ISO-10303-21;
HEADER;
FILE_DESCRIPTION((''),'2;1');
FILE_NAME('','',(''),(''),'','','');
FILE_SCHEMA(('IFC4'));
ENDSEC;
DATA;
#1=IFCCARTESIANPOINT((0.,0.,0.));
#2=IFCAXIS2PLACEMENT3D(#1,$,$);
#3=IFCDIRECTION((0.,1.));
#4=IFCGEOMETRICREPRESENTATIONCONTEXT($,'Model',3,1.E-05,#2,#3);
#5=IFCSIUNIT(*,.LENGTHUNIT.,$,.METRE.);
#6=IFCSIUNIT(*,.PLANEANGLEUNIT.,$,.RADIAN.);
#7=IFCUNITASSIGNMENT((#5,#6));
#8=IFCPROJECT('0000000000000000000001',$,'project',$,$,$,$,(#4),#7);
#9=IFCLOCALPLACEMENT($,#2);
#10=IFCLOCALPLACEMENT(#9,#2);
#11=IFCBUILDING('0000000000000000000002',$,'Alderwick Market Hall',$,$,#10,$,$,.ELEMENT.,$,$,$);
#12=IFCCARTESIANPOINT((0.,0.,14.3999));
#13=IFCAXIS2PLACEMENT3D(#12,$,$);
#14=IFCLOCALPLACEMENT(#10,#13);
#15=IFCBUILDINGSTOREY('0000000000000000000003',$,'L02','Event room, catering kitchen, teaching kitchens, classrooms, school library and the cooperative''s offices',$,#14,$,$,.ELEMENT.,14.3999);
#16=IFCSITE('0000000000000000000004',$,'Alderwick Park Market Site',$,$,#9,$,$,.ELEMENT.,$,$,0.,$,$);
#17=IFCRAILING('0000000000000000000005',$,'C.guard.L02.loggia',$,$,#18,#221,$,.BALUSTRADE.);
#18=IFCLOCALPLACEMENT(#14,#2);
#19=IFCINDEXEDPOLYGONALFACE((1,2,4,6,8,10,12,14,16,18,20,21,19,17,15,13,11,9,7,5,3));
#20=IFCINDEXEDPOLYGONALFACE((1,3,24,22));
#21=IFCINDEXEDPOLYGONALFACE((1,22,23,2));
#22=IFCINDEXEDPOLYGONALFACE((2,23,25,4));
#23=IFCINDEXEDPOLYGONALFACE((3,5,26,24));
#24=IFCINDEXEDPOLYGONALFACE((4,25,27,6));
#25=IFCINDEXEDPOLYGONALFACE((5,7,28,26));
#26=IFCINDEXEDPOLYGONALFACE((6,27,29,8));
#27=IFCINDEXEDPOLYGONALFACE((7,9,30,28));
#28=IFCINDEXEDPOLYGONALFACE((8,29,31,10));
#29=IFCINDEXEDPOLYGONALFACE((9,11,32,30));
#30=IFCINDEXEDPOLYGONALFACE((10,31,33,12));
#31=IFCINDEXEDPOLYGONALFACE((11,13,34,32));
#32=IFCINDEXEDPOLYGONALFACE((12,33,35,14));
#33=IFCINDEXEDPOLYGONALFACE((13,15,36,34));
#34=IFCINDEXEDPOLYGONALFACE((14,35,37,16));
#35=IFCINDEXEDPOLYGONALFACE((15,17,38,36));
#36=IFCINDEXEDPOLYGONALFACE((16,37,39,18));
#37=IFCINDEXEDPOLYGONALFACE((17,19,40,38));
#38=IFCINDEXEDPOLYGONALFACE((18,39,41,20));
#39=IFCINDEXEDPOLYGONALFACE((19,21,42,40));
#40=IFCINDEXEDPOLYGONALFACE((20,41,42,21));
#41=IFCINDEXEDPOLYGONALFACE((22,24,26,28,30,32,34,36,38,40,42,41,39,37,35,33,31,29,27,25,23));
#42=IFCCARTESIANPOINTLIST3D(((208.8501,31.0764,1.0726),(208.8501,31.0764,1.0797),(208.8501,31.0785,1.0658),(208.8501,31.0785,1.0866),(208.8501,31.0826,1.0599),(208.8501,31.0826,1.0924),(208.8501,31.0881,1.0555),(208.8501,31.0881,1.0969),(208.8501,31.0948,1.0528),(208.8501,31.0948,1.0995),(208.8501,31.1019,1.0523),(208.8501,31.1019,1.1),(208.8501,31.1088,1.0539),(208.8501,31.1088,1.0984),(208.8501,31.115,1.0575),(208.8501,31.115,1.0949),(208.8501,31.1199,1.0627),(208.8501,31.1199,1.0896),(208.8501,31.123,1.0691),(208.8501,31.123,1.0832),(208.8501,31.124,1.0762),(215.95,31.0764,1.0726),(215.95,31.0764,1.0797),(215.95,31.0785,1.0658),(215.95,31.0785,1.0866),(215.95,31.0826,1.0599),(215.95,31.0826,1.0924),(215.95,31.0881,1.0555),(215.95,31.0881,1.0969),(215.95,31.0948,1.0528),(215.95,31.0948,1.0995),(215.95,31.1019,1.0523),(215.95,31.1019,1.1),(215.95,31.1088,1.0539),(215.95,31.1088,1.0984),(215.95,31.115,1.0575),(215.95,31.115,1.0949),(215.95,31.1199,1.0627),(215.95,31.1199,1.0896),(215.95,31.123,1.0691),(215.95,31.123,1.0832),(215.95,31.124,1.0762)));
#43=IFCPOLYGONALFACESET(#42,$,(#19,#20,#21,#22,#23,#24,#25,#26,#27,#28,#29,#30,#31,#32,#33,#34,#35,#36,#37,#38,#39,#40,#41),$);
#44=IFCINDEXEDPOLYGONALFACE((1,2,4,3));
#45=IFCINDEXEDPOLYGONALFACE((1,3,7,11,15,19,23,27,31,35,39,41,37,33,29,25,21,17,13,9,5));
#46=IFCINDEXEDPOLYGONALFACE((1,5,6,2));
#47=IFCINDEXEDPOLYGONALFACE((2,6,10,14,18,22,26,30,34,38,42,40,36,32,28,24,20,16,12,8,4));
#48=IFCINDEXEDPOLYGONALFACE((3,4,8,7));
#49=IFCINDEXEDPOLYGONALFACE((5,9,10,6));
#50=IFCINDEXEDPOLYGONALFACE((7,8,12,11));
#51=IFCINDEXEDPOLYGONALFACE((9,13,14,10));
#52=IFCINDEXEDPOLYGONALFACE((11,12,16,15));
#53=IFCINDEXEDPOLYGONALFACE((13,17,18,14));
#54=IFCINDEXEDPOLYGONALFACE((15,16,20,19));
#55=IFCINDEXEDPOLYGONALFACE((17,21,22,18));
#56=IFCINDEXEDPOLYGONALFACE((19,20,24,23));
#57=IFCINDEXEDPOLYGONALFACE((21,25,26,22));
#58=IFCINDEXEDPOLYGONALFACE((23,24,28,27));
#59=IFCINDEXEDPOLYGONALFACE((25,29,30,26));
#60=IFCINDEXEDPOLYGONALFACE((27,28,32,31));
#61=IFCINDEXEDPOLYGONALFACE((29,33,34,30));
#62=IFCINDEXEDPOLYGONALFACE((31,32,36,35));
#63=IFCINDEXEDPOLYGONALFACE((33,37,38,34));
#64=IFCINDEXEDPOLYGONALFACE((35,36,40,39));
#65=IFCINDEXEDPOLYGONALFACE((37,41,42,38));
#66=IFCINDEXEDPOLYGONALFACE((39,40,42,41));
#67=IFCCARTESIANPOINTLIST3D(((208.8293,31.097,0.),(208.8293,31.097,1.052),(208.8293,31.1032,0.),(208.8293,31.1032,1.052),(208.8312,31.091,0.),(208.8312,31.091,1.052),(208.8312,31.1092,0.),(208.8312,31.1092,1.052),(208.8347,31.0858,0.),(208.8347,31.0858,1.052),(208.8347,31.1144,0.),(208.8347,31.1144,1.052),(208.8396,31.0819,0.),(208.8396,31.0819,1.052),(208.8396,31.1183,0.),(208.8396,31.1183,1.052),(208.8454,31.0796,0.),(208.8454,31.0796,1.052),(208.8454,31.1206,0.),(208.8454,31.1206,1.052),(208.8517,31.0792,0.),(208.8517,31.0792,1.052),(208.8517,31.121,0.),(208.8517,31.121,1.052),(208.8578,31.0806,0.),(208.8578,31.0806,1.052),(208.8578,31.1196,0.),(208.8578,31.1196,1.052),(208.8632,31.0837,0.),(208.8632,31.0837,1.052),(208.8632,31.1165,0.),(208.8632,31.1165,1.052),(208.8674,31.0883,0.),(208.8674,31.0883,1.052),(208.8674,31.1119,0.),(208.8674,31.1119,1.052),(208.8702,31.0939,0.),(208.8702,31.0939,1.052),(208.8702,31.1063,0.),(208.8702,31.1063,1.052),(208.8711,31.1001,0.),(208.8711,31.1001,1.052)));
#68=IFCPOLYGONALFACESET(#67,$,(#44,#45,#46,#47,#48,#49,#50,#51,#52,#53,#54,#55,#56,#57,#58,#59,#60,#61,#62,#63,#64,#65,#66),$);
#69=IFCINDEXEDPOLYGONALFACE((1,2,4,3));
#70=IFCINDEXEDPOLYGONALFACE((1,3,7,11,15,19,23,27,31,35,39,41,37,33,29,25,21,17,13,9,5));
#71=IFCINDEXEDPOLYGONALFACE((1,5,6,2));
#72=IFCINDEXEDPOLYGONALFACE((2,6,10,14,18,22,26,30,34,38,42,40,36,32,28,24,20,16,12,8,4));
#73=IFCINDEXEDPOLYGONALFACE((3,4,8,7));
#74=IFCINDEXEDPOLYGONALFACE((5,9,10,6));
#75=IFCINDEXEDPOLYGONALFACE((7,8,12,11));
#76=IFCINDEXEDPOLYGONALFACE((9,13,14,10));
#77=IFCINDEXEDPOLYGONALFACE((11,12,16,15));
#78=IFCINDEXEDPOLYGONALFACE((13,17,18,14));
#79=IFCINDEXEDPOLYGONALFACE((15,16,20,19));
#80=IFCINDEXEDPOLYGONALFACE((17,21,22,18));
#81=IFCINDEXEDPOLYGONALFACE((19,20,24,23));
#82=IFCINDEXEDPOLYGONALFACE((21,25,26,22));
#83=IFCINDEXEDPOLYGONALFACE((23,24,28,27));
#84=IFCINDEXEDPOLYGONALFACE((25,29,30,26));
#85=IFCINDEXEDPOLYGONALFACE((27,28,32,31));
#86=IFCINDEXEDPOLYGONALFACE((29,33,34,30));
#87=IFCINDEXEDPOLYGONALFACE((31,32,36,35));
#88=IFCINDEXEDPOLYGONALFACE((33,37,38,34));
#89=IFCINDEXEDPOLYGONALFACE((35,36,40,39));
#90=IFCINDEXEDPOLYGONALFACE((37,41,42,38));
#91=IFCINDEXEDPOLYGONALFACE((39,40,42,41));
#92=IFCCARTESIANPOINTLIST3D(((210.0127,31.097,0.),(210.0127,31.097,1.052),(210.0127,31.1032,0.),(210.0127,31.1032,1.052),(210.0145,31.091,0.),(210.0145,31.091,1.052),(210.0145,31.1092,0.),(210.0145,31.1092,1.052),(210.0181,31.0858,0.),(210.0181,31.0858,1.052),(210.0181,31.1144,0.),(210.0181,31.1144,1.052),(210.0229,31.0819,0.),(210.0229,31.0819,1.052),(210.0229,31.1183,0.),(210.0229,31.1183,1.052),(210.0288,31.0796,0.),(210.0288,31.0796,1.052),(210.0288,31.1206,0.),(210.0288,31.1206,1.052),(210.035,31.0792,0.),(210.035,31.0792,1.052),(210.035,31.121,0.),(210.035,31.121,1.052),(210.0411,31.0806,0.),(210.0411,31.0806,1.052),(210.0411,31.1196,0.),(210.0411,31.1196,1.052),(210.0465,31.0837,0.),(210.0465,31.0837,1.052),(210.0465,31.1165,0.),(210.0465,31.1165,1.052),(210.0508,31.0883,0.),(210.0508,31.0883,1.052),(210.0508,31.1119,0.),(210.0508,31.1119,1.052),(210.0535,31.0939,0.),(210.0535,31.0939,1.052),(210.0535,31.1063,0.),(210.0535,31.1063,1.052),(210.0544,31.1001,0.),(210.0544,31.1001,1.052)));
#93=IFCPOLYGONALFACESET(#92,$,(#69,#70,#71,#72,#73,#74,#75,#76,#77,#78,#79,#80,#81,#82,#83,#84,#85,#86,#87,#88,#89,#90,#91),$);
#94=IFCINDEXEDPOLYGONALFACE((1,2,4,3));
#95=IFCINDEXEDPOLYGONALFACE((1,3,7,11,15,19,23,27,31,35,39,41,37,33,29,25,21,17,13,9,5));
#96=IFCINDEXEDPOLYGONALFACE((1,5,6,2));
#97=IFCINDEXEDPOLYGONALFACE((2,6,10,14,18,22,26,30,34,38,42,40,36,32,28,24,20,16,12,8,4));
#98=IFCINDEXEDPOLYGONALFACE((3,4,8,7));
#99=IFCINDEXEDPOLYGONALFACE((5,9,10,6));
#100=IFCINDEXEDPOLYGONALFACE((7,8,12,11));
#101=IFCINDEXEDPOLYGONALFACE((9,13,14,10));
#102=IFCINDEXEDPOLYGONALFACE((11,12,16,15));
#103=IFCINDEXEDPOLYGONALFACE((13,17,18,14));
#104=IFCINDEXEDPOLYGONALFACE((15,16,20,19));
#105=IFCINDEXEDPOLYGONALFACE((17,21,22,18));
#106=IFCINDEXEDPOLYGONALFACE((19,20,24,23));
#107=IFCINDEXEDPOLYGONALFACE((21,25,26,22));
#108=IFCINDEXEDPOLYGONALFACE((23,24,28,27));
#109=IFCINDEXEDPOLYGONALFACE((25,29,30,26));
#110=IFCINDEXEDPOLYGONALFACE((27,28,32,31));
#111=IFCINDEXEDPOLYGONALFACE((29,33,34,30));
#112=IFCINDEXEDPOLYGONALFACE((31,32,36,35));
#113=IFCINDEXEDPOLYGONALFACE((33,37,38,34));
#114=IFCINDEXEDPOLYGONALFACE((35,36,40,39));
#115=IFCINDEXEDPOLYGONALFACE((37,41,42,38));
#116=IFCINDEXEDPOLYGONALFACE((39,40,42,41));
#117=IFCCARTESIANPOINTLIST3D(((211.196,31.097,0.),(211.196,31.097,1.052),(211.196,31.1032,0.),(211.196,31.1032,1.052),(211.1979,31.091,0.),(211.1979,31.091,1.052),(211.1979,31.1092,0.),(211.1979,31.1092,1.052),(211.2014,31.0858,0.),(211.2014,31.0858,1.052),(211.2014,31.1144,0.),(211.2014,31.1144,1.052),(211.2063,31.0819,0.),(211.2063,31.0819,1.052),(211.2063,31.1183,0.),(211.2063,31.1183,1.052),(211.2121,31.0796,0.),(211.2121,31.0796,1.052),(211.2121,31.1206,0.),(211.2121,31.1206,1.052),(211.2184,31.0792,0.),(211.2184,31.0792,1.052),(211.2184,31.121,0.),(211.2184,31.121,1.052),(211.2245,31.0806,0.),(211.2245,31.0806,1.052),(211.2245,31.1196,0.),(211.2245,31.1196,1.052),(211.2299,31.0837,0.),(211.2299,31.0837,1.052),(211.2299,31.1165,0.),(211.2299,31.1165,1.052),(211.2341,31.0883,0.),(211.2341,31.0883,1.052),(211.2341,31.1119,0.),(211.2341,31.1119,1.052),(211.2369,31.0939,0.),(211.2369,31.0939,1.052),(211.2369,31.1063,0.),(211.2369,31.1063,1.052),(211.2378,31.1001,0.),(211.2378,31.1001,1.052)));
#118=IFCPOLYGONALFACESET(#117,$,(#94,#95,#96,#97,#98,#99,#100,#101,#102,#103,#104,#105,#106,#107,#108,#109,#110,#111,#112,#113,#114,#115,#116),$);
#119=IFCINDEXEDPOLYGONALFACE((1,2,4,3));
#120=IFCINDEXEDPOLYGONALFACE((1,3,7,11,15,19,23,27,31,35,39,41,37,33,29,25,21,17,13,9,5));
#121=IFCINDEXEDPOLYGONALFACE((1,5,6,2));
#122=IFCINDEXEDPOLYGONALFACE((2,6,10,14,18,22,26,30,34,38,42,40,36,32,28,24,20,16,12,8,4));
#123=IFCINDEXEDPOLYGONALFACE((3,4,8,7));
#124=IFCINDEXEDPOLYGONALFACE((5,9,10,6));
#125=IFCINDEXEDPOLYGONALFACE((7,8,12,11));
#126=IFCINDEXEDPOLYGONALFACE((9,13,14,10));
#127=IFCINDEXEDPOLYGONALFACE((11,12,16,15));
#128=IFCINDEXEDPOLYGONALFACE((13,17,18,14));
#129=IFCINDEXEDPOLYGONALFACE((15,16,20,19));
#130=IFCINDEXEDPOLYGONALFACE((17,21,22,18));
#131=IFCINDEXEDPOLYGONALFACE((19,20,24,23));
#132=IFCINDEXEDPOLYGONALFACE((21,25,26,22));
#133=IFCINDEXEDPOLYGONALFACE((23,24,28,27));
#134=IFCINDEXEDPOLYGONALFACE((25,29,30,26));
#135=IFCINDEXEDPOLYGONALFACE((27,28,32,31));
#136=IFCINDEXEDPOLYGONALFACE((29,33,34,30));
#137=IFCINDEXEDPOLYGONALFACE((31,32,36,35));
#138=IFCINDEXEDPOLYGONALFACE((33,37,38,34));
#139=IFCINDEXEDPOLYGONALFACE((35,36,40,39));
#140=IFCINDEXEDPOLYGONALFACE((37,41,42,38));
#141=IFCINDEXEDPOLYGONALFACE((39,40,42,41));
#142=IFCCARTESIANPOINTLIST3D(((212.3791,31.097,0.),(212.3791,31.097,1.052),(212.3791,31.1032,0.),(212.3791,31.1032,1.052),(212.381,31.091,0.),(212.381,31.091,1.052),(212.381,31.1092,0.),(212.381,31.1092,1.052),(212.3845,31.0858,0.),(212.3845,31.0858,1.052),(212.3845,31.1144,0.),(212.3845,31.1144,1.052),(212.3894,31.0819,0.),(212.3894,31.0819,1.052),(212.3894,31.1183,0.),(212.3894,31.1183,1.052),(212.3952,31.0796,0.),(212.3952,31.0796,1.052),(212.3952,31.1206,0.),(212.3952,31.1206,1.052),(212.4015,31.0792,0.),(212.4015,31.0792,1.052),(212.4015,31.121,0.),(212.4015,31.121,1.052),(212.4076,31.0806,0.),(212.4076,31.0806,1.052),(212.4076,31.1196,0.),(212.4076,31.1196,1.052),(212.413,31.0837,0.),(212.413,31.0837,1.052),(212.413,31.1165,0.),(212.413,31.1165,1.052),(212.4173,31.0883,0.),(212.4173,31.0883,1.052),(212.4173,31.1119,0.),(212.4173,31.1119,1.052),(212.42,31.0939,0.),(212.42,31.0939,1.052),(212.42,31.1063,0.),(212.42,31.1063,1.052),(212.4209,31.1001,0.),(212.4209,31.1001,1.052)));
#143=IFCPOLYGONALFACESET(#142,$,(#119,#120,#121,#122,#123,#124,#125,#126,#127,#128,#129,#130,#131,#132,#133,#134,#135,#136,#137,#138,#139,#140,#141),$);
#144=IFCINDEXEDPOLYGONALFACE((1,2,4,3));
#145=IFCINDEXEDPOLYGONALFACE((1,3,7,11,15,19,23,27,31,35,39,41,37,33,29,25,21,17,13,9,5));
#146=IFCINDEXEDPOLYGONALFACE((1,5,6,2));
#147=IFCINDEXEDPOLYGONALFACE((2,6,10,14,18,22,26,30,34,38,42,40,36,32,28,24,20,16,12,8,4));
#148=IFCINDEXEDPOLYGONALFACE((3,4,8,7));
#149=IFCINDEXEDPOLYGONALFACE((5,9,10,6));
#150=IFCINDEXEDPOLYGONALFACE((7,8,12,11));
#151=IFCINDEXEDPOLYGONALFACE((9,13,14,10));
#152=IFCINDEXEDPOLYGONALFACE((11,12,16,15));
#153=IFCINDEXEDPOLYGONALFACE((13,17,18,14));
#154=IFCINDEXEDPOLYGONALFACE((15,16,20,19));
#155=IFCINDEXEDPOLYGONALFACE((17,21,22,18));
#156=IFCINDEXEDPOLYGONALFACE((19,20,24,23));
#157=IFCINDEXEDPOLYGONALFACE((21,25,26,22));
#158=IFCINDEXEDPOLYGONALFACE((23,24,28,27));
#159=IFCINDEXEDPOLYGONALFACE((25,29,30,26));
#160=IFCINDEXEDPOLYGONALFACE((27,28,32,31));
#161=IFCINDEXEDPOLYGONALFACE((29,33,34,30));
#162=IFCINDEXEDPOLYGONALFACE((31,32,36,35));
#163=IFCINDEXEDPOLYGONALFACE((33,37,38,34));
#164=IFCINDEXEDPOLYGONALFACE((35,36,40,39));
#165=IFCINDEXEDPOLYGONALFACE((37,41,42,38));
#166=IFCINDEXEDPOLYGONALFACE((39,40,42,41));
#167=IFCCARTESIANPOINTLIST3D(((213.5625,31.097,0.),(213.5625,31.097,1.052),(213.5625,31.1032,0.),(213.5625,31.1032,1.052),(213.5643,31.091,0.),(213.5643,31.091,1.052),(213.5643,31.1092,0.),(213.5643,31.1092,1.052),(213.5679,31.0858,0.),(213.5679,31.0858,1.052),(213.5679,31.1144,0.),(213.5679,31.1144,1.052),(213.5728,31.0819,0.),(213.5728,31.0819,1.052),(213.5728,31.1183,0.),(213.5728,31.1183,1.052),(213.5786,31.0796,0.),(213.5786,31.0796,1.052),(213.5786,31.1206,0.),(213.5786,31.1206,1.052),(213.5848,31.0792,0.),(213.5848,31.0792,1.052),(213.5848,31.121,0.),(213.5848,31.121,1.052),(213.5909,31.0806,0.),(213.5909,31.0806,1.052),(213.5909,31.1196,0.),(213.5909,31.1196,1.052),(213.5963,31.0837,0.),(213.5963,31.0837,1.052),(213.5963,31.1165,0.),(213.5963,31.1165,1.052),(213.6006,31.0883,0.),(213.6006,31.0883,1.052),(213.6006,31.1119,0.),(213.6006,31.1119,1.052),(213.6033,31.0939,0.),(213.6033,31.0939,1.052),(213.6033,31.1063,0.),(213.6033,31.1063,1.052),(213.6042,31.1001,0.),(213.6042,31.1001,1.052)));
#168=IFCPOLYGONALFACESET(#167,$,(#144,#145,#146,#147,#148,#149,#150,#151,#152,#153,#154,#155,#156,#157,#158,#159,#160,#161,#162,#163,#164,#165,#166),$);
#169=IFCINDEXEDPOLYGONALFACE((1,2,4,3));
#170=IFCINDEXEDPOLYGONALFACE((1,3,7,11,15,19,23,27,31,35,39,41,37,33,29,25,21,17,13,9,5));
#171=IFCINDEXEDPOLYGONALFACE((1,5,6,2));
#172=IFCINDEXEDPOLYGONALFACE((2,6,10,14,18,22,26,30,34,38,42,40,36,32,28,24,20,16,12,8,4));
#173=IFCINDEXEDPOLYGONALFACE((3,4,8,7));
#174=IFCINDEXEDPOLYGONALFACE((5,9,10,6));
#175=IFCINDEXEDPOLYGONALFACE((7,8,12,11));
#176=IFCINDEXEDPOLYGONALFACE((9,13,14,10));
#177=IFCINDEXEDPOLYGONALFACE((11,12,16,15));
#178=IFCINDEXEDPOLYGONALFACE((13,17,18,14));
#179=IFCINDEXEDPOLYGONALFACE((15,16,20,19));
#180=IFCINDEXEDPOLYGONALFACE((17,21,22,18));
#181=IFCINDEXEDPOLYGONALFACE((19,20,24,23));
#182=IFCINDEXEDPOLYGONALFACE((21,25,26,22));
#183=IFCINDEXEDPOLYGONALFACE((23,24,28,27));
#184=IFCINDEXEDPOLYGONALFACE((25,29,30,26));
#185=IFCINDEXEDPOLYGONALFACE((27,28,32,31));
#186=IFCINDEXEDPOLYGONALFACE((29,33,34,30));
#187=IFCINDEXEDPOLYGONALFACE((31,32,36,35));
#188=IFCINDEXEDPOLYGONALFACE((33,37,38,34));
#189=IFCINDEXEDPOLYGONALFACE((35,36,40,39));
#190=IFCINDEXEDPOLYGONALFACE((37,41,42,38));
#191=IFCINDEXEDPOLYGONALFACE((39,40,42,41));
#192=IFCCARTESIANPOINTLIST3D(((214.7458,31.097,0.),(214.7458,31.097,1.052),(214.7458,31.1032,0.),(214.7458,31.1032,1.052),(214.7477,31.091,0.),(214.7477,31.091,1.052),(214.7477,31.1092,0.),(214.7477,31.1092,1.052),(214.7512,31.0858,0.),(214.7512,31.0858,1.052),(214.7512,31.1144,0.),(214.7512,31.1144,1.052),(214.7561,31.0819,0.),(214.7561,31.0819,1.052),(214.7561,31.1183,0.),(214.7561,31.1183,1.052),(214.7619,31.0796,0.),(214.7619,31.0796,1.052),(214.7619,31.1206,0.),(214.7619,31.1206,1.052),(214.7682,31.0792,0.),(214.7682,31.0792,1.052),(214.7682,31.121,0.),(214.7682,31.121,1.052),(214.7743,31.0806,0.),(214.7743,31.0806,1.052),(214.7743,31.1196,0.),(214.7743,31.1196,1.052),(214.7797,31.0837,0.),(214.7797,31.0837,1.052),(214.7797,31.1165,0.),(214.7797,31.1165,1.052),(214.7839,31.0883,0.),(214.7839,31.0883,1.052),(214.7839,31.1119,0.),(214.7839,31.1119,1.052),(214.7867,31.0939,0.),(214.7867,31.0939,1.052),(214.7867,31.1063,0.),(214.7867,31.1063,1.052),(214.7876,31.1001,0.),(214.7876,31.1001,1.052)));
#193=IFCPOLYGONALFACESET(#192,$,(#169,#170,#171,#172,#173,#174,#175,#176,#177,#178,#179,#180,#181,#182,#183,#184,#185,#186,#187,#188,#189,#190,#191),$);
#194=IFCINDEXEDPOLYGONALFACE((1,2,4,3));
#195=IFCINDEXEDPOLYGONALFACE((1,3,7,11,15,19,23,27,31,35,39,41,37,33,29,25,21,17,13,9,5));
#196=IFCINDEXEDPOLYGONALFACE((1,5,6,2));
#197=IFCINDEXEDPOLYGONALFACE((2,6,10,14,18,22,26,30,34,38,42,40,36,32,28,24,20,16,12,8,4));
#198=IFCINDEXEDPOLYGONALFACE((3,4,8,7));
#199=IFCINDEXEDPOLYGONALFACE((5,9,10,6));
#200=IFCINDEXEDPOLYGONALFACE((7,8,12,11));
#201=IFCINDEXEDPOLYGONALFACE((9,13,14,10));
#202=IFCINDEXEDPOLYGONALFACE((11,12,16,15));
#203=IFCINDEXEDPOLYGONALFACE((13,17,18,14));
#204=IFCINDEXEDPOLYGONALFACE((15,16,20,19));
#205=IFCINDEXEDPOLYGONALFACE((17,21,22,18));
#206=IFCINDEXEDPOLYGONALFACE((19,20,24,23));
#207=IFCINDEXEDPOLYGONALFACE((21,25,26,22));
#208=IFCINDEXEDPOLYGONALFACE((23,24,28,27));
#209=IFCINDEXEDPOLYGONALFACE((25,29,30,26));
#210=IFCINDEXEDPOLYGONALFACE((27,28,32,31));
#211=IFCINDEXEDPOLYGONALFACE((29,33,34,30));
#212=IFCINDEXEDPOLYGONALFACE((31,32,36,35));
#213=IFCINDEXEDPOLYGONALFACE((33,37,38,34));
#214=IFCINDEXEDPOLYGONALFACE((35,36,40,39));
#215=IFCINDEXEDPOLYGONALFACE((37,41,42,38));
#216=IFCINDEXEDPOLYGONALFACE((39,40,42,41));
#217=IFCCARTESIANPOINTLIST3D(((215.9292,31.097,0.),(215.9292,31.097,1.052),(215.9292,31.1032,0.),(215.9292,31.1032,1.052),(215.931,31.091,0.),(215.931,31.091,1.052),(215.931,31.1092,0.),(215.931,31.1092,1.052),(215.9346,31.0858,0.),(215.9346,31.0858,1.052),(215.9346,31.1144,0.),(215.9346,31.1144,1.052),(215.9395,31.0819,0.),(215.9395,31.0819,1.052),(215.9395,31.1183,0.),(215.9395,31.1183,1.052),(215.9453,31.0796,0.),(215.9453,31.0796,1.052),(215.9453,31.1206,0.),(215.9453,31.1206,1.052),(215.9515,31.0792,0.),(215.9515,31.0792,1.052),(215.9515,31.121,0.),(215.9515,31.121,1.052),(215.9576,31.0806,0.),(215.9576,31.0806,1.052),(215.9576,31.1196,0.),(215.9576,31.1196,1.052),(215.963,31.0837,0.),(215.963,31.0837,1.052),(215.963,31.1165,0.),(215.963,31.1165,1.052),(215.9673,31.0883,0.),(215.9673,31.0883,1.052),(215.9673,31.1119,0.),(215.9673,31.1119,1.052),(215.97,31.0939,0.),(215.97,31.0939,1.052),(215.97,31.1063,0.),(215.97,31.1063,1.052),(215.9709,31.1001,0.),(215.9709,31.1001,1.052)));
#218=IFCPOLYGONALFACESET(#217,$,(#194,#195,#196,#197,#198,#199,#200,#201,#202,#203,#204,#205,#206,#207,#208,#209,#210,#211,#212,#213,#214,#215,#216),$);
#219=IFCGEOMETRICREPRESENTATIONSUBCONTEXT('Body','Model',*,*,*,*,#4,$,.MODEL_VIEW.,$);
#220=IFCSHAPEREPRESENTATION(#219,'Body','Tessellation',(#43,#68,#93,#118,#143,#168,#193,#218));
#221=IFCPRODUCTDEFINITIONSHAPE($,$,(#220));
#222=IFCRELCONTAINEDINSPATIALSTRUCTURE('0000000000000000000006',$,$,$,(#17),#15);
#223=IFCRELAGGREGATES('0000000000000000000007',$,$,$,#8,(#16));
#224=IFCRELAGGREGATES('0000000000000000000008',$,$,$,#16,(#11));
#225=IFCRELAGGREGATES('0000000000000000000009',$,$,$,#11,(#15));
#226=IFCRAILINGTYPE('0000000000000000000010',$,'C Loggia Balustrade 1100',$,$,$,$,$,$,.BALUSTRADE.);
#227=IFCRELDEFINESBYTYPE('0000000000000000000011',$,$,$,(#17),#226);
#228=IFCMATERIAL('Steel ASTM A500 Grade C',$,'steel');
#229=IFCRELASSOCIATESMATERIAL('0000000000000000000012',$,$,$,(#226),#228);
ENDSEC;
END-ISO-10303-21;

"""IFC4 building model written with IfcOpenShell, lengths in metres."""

from ifc_helpers import new_model, si_unit, direction, frame, origin, origin_2d, place, context, subcontext, project, spatial, circle, extrude, material, type_object, element, save


model = new_model("IFC4")

# Units and contexts
model_context = context("Model", 3, precision=1e-05, world=origin(), true_north=direction((0.0, 1.0)))
body_context = subcontext(model_context, "Body", "Model", "MODEL_VIEW")
ifc_project = project(units=[si_unit("LENGTHUNIT", "METRE"), si_unit("PLANEANGLEUNIT", "RADIAN")], contexts=[model_context])

# Site, building, storey
site_placement = place(None, origin())
site = spatial("IfcSite", under=ifc_project, at=site_placement, Name="Alderwick Park Market Site", CompositionType="ELEMENT", RefElevation=0.0)
building_placement = place(site_placement, origin())
building = spatial("IfcBuilding", under=site, at=building_placement, Name="Alderwick Market Hall", CompositionType="ELEMENT")
storey_placement = place(building_placement, frame((0.0, 0.0, 14.3999)))
storey = spatial("IfcBuildingStorey", under=building, at=storey_placement, Name="L02", Description="Event room, catering kitchen, teaching kitchens, classrooms, school library and the cooperative's offices", CompositionType="ELEMENT", Elevation=14.3999)

# Railing
ifc_material_1 = material(Name="Steel ASTM A500 Grade C", Category="steel")
railing_type = type_object("IfcRailingType", Name="C Loggia Balustrade 1100", PredefinedType="BALUSTRADE", material=ifc_material_1)
railing_placement = place(storey_placement, frame((208.8501, 31.1001, 0.0)))
element("IfcRailing", 1, at=railing_placement, inside=storey, type_object=railing_type, Name="C.guard.L02.loggia", PredefinedType="BALUSTRADE", context=body_context, shape_type="SweptSolid", body=[
    extrude(circle(Radius=0.0239, at=origin_2d()), frame((0.0, 0.0, 1.0762), z_axis=(1.0, 0.0, 0.0), x_axis=(0.0, 1.0, 0.0)), (0.0, 0.0, 1.0), 7.0999),
    extrude(circle(Radius=0.021, at=origin_2d()), origin(), (0.0, 0.0, 1.0), 1.052),
    extrude(circle(Radius=0.021, at=origin_2d()), frame((1.1833, 0.0, 0.0)), (0.0, 0.0, 1.0), 1.052),
    extrude(circle(Radius=0.021, at=origin_2d()), frame((2.3667, 0.0, 0.0)), (0.0, 0.0, 1.0), 1.052),
    extrude(circle(Radius=0.021, at=origin_2d()), frame((3.5498, 0.0, 0.0)), (0.0, 0.0, 1.0), 1.052),
    extrude(circle(Radius=0.021, at=origin_2d()), frame((4.7332, 0.0, 0.0)), (0.0, 0.0, 1.0), 1.052),
    extrude(circle(Radius=0.021, at=origin_2d()), frame((5.9165, 0.0, 0.0)), (0.0, 0.0, 1.0), 1.052),
    extrude(circle(Radius=0.021, at=origin_2d()), frame((7.0999, 0.0, 0.0)), (0.0, 0.0, 1.0), 1.052),
])

save(model, "model.ifc")
